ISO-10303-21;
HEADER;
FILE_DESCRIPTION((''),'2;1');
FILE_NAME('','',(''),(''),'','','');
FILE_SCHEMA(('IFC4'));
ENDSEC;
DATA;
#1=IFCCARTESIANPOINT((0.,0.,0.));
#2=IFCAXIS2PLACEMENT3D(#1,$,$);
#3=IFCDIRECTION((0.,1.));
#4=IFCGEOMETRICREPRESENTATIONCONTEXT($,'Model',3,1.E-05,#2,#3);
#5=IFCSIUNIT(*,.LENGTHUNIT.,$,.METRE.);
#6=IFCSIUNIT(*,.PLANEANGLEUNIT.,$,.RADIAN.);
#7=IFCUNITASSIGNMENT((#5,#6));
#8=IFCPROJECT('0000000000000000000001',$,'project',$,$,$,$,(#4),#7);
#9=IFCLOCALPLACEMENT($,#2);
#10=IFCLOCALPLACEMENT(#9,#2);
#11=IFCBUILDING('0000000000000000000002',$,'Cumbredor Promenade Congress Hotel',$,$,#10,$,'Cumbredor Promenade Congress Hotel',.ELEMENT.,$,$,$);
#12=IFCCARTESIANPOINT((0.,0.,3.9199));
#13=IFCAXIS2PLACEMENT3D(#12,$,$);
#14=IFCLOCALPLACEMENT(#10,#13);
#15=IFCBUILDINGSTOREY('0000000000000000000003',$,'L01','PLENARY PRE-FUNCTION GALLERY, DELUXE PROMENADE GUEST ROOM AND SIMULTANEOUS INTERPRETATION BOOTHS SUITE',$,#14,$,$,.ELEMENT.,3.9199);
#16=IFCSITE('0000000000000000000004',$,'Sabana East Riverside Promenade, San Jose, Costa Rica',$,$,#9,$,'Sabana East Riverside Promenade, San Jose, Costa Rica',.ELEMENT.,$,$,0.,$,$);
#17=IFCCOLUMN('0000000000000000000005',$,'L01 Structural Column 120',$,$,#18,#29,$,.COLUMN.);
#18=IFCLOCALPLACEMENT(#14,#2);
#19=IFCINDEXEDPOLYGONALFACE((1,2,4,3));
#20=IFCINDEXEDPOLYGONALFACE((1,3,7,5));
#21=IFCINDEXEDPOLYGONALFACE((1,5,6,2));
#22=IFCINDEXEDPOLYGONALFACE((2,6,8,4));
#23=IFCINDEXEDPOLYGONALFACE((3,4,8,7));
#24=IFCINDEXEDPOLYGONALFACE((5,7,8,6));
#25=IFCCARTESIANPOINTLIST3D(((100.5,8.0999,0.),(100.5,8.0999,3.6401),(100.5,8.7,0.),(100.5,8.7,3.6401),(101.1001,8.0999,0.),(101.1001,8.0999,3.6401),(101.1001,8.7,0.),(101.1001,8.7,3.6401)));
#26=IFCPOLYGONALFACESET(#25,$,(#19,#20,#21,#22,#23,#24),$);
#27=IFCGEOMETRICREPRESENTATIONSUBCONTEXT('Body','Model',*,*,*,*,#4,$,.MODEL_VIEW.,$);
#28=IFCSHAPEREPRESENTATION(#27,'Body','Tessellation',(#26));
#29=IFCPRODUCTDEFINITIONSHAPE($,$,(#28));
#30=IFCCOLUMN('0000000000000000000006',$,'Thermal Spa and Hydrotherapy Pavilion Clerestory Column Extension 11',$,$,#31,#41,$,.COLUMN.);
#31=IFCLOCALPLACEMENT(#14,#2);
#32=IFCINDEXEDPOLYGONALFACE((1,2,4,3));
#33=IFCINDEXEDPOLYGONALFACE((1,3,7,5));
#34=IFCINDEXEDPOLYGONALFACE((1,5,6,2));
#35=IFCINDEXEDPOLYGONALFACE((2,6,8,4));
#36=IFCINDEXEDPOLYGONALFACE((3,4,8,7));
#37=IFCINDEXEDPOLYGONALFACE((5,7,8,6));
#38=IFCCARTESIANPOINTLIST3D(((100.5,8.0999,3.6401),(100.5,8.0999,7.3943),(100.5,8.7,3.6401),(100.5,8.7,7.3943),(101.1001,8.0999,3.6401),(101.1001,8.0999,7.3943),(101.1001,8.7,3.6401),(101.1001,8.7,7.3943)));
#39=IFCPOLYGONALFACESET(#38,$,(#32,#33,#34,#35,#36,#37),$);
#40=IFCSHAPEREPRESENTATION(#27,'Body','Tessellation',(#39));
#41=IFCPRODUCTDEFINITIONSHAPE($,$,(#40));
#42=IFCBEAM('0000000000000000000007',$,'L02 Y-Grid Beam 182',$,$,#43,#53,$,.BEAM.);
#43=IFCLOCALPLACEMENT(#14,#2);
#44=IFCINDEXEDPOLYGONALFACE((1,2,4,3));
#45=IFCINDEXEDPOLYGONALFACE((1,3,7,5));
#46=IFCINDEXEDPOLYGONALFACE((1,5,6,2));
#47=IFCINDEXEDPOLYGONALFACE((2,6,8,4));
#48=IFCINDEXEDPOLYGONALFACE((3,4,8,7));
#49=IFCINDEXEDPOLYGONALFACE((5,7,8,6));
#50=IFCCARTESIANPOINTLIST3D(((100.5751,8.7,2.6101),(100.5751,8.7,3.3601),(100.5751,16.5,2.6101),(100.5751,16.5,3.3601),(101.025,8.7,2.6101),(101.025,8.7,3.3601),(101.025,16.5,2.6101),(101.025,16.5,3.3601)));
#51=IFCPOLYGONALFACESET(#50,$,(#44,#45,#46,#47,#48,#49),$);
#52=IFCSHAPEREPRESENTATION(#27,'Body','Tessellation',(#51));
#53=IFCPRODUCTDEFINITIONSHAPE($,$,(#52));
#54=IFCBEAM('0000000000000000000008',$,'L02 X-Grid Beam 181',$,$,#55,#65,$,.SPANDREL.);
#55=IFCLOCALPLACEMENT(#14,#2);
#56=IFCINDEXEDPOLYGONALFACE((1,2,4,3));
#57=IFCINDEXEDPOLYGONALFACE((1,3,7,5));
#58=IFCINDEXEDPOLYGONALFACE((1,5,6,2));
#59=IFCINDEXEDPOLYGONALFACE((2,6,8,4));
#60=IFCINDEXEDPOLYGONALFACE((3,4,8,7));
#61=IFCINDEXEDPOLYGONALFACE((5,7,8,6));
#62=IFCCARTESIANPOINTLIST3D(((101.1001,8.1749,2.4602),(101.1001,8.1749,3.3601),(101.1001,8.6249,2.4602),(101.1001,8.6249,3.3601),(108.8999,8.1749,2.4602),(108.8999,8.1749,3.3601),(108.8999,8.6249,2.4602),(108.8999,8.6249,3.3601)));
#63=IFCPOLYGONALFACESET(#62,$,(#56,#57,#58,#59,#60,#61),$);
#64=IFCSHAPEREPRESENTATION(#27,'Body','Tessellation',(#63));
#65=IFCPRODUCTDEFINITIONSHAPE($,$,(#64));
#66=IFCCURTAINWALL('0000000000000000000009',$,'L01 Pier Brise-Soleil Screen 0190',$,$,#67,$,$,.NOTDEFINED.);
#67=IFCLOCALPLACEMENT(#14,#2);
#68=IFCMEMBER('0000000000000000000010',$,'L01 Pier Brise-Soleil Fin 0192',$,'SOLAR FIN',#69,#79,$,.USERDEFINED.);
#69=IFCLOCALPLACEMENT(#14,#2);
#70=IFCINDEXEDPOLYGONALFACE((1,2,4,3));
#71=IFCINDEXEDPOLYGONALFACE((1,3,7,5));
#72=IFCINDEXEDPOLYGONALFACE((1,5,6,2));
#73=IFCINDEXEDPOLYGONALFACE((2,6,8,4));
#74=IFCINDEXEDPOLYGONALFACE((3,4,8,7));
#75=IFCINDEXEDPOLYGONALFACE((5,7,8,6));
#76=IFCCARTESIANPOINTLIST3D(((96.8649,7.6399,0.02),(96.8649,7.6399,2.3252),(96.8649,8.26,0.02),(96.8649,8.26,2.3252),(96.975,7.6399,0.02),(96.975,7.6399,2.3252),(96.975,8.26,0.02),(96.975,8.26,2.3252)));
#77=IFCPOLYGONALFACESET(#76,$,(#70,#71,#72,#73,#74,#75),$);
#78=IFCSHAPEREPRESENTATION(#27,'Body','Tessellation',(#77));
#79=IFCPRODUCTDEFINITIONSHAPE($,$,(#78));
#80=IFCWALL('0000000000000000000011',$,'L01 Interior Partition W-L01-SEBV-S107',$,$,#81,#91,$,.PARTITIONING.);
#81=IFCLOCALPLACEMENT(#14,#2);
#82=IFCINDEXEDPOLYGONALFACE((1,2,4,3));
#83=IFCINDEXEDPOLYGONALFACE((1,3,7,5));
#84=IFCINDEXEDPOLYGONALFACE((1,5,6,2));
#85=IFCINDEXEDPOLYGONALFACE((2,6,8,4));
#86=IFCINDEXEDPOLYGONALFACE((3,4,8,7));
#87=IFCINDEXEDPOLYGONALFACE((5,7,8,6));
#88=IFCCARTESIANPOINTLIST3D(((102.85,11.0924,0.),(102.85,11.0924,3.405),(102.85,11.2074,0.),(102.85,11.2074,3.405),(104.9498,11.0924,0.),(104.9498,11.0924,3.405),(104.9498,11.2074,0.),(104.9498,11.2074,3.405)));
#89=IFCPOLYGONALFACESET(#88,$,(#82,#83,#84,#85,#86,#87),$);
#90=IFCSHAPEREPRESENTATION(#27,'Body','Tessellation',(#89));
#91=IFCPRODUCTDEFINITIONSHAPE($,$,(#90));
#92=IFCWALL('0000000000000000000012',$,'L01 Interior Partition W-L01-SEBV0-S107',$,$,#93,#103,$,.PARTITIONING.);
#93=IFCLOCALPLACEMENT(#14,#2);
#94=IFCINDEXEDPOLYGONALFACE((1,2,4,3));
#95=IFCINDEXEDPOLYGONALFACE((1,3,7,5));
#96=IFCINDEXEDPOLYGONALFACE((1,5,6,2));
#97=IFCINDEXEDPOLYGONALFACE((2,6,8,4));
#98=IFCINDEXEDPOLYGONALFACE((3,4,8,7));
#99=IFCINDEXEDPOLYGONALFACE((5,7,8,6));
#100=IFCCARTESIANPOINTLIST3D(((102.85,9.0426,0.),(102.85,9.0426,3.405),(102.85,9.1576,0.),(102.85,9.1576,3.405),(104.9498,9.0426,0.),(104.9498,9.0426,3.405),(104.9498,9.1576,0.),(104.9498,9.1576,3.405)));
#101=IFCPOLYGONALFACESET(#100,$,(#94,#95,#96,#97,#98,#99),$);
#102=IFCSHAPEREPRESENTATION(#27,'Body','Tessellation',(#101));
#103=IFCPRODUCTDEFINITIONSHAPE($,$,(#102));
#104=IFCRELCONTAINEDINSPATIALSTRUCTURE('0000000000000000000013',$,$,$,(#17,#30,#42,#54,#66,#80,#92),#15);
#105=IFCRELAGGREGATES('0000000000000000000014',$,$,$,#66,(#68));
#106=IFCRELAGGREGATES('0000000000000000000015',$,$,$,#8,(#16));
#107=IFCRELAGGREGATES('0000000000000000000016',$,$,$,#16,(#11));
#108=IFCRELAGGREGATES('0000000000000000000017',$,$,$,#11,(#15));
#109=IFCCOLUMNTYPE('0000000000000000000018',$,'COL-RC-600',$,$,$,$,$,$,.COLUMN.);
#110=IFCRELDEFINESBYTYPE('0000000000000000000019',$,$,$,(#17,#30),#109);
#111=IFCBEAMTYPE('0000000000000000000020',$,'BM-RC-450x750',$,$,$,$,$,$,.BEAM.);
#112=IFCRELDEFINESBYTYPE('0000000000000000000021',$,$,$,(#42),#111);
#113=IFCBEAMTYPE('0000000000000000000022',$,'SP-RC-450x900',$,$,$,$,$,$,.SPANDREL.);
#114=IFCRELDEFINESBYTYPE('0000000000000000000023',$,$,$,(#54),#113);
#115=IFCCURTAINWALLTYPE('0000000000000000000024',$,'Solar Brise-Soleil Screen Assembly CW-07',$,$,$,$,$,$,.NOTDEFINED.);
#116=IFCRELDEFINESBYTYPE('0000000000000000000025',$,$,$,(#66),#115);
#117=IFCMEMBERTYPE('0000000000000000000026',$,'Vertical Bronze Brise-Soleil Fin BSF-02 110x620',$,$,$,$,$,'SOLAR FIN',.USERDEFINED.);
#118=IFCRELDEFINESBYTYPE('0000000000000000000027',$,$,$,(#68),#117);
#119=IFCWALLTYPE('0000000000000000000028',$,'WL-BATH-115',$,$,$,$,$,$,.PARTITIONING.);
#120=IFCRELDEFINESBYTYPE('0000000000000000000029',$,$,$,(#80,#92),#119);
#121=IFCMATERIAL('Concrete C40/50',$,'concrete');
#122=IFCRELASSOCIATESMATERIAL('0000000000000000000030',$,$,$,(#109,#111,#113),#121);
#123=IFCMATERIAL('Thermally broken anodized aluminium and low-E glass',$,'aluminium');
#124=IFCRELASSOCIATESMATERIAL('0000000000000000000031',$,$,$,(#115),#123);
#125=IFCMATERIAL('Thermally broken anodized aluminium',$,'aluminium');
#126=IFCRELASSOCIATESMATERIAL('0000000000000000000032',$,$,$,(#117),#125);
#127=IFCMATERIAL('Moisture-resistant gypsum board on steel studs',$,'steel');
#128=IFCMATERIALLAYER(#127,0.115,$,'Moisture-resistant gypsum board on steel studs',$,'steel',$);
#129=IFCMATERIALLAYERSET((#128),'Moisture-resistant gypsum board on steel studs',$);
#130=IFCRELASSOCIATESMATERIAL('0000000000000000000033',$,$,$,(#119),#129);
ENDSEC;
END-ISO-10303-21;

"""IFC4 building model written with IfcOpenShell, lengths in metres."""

from ifc_helpers import new_model, si_unit, direction, frame, frame_2d, origin, origin_2d, place, context, subcontext, project, spatial, rectangle, extrude, material, layer, layer_set, material_profile, profile_set, type_object, element, aggregate, save


model = new_model("IFC4")

# Units and contexts
model_context = context("Model", 3, precision=1e-05, world=origin(), true_north=direction((0.0, 1.0)))
body_context = subcontext(model_context, "Body", "Model", "MODEL_VIEW")
ifc_project = project(units=[si_unit("LENGTHUNIT", "METRE"), si_unit("PLANEANGLEUNIT", "RADIAN")], contexts=[model_context])

# Site, building, storey
site_placement = place(None, origin())
site = spatial("IfcSite", under=ifc_project, at=site_placement, Name="Sabana East Riverside Promenade, San Jose, Costa Rica", LongName="Sabana East Riverside Promenade, San Jose, Costa Rica", CompositionType="ELEMENT", RefElevation=0.0)
building_placement = place(site_placement, origin())
building = spatial("IfcBuilding", under=site, at=building_placement, Name="Cumbredor Promenade Congress Hotel", LongName="Cumbredor Promenade Congress Hotel", CompositionType="ELEMENT")
storey_placement = place(building_placement, frame((0.0, 0.0, 3.9199)))
storey = spatial("IfcBuildingStorey", under=building, at=storey_placement, Name="L01", Description="PLENARY PRE-FUNCTION GALLERY, DELUXE PROMENADE GUEST ROOM AND SIMULTANEOUS INTERPRETATION BOOTHS SUITE", CompositionType="ELEMENT", Elevation=3.9199)

# Columns
ifc_material_1 = material(Name="Concrete C40/50", Category="concrete")
ifc_material_profile_1 = material_profile(ifc_material_1, rectangle(XDim=0.6001, YDim=0.6001, at=origin_2d()), Name="RC 600x600")
ifc_profile_set_1 = profile_set([ifc_material_profile_1], Name="Concrete C40/50")
column_type = type_object("IfcColumnType", Name="COL-RC-600", PredefinedType="COLUMN", material=ifc_profile_set_1)
column_1_placement = place(storey_placement, frame((100.8, 8.3999, 0.0), z_axis=(0.0, 0.0, 1.0), x_axis=(1.0, 0.0, 0.0)))
element("IfcColumn", 1, at=column_1_placement, inside=storey, type_object=column_type, Name="L01 Structural Column 120", PredefinedType="COLUMN", context=body_context, shape_type="SweptSolid", body=[
    extrude(rectangle(XDim=0.6001, YDim=0.6001, at=origin_2d()), origin(), (0.0, 0.0, 1.0), 3.6401),
])
column_2_placement = place(storey_placement, frame((100.8, 8.3999, 3.6401), z_axis=(0.0, 0.0, 1.0), x_axis=(1.0, 0.0, 0.0)))
element("IfcColumn", 2, at=column_2_placement, inside=storey, type_object=column_type, Name="Thermal Spa and Hydrotherapy Pavilion Clerestory Column Extension 11", PredefinedType="COLUMN", context=body_context, shape_type="SweptSolid", body=[
    extrude(rectangle(XDim=0.6001, YDim=0.6001, at=origin_2d()), origin(), (0.0, 0.0, 1.0), 3.7542),
])

# Beams
ifc_material_profile_2 = material_profile(ifc_material_1, rectangle(XDim=0.45, YDim=0.75, at=origin_2d()), Name="RC BEAM 450x750")
ifc_profile_set_2 = profile_set([ifc_material_profile_2], Name="Concrete C40/50")
beam_type_1 = type_object("IfcBeamType", Name="BM-RC-450x750", PredefinedType="BEAM", material=ifc_profile_set_2)
beam_1_placement = place(storey_placement, frame((100.8, 8.7, 2.9851), z_axis=(0.0, 1.0, 0.0), x_axis=(-1.0, 0.0, 0.0)))
element("IfcBeam", 3, at=beam_1_placement, inside=storey, type_object=beam_type_1, Name="L02 Y-Grid Beam 182", PredefinedType="BEAM", context=body_context, shape_type="SweptSolid", body=[
    extrude(rectangle(XDim=0.45, YDim=0.75, at=origin_2d()), origin(), (0.0, 0.0, 1.0), 7.8),
])
ifc_material_profile_3 = material_profile(ifc_material_1, rectangle(XDim=0.45, YDim=0.8999, at=origin_2d()), Name="RC SPANDREL 450x900")
ifc_profile_set_3 = profile_set([ifc_material_profile_3], Name="Concrete C40/50")
beam_type_2 = type_object("IfcBeamType", Name="SP-RC-450x900", PredefinedType="SPANDREL", material=ifc_profile_set_3)
beam_2_placement = place(storey_placement, frame((101.1001, 8.3999, 2.9102), z_axis=(1.0, 0.0, 0.0), x_axis=(0.0, 1.0, 0.0)))
element("IfcBeam", 4, at=beam_2_placement, inside=storey, type_object=beam_type_2, Name="L02 X-Grid Beam 181", PredefinedType="SPANDREL", context=body_context, shape_type="SweptSolid", body=[
    extrude(rectangle(XDim=0.45, YDim=0.8999, at=origin_2d()), origin(), (0.0, 0.0, 1.0), 7.7998),
])

# Curtain wall, member
ifc_material_2 = material(Name="Thermally broken anodized aluminium and low-E glass", Category="aluminium")
curtain_wall_type = type_object("IfcCurtainWallType", Name="Solar Brise-Soleil Screen Assembly CW-07", PredefinedType="NOTDEFINED", material=ifc_material_2)
curtain_wall_placement = place(storey_placement, origin())
curtain_wall = element("IfcCurtainWall", 5, at=curtain_wall_placement, inside=storey, type_object=curtain_wall_type, Name="L01 Pier Brise-Soleil Screen 0190", PredefinedType="NOTDEFINED")
ifc_material_3 = material(Name="Thermally broken anodized aluminium", Category="aluminium")
ifc_material_profile_4 = material_profile(ifc_material_3, rectangle(XDim=0.1101, YDim=0.6201, at=origin_2d()), Name="ARCH FIN 110x620")
ifc_profile_set_4 = profile_set([ifc_material_profile_4], Name="Thermally broken anodized aluminium")
member_type = type_object("IfcMemberType", Name="Vertical Bronze Brise-Soleil Fin BSF-02 110x620", ElementType="SOLAR FIN", PredefinedType="USERDEFINED", material=ifc_profile_set_4)
member_placement = place(storey_placement, frame((96.9199, 7.95, 0.02), z_axis=(0.0, 0.0, 1.0), x_axis=(1.0, 0.0, 0.0)))
member = element("IfcMember", 6, at=member_placement, type_object=member_type, Name="L01 Pier Brise-Soleil Fin 0192", ObjectType="SOLAR FIN", PredefinedType="USERDEFINED", context=body_context, shape_type="SweptSolid", body=[
    extrude(rectangle(XDim=0.1101, YDim=0.6201, at=origin_2d()), origin(), (0.0, 0.0, 1.0), 2.3052),
])
aggregate(curtain_wall, [member])

# Walls
ifc_material_4 = material(Name="Moisture-resistant gypsum board on steel studs", Category="steel")
ifc_layer_1 = layer(ifc_material_4, 0.115, Name="Moisture-resistant gypsum board on steel studs", Category="steel")
ifc_layer_set_1 = layer_set([ifc_layer_1], Name="Moisture-resistant gypsum board on steel studs")
wall_type_1 = type_object("IfcWallType", Name="WL-BATH-115", PredefinedType="PARTITIONING", material=ifc_layer_set_1)
for number, where, z_axis, x_axis, name in (
    (7, (102.8501, 11.1499, 0.0), (0.0, 0.0, 1.0), (1.0, 0.0, 0.0), "L01 Interior Partition W-L01-SEBV-S107"),
    (8, (102.8501, 9.1001, 0.0), (0.0, 0.0, 1.0), (1.0, 0.0, 0.0), "L01 Interior Partition W-L01-SEBV0-S107"),
):
    element("IfcWall", number, at=place(storey_placement, frame(where, z_axis=z_axis, x_axis=x_axis)), inside=storey, type_object=wall_type_1, Name=name, PredefinedType="PARTITIONING", context=body_context, shape_type="SweptSolid", body=[
        extrude(rectangle(XDim=2.0999, YDim=0.115, at=frame_2d((1.0498, 0.0))), origin(), (0.0, 0.0, 1.0), 3.405),
    ])

save(model, "model.ifc")
